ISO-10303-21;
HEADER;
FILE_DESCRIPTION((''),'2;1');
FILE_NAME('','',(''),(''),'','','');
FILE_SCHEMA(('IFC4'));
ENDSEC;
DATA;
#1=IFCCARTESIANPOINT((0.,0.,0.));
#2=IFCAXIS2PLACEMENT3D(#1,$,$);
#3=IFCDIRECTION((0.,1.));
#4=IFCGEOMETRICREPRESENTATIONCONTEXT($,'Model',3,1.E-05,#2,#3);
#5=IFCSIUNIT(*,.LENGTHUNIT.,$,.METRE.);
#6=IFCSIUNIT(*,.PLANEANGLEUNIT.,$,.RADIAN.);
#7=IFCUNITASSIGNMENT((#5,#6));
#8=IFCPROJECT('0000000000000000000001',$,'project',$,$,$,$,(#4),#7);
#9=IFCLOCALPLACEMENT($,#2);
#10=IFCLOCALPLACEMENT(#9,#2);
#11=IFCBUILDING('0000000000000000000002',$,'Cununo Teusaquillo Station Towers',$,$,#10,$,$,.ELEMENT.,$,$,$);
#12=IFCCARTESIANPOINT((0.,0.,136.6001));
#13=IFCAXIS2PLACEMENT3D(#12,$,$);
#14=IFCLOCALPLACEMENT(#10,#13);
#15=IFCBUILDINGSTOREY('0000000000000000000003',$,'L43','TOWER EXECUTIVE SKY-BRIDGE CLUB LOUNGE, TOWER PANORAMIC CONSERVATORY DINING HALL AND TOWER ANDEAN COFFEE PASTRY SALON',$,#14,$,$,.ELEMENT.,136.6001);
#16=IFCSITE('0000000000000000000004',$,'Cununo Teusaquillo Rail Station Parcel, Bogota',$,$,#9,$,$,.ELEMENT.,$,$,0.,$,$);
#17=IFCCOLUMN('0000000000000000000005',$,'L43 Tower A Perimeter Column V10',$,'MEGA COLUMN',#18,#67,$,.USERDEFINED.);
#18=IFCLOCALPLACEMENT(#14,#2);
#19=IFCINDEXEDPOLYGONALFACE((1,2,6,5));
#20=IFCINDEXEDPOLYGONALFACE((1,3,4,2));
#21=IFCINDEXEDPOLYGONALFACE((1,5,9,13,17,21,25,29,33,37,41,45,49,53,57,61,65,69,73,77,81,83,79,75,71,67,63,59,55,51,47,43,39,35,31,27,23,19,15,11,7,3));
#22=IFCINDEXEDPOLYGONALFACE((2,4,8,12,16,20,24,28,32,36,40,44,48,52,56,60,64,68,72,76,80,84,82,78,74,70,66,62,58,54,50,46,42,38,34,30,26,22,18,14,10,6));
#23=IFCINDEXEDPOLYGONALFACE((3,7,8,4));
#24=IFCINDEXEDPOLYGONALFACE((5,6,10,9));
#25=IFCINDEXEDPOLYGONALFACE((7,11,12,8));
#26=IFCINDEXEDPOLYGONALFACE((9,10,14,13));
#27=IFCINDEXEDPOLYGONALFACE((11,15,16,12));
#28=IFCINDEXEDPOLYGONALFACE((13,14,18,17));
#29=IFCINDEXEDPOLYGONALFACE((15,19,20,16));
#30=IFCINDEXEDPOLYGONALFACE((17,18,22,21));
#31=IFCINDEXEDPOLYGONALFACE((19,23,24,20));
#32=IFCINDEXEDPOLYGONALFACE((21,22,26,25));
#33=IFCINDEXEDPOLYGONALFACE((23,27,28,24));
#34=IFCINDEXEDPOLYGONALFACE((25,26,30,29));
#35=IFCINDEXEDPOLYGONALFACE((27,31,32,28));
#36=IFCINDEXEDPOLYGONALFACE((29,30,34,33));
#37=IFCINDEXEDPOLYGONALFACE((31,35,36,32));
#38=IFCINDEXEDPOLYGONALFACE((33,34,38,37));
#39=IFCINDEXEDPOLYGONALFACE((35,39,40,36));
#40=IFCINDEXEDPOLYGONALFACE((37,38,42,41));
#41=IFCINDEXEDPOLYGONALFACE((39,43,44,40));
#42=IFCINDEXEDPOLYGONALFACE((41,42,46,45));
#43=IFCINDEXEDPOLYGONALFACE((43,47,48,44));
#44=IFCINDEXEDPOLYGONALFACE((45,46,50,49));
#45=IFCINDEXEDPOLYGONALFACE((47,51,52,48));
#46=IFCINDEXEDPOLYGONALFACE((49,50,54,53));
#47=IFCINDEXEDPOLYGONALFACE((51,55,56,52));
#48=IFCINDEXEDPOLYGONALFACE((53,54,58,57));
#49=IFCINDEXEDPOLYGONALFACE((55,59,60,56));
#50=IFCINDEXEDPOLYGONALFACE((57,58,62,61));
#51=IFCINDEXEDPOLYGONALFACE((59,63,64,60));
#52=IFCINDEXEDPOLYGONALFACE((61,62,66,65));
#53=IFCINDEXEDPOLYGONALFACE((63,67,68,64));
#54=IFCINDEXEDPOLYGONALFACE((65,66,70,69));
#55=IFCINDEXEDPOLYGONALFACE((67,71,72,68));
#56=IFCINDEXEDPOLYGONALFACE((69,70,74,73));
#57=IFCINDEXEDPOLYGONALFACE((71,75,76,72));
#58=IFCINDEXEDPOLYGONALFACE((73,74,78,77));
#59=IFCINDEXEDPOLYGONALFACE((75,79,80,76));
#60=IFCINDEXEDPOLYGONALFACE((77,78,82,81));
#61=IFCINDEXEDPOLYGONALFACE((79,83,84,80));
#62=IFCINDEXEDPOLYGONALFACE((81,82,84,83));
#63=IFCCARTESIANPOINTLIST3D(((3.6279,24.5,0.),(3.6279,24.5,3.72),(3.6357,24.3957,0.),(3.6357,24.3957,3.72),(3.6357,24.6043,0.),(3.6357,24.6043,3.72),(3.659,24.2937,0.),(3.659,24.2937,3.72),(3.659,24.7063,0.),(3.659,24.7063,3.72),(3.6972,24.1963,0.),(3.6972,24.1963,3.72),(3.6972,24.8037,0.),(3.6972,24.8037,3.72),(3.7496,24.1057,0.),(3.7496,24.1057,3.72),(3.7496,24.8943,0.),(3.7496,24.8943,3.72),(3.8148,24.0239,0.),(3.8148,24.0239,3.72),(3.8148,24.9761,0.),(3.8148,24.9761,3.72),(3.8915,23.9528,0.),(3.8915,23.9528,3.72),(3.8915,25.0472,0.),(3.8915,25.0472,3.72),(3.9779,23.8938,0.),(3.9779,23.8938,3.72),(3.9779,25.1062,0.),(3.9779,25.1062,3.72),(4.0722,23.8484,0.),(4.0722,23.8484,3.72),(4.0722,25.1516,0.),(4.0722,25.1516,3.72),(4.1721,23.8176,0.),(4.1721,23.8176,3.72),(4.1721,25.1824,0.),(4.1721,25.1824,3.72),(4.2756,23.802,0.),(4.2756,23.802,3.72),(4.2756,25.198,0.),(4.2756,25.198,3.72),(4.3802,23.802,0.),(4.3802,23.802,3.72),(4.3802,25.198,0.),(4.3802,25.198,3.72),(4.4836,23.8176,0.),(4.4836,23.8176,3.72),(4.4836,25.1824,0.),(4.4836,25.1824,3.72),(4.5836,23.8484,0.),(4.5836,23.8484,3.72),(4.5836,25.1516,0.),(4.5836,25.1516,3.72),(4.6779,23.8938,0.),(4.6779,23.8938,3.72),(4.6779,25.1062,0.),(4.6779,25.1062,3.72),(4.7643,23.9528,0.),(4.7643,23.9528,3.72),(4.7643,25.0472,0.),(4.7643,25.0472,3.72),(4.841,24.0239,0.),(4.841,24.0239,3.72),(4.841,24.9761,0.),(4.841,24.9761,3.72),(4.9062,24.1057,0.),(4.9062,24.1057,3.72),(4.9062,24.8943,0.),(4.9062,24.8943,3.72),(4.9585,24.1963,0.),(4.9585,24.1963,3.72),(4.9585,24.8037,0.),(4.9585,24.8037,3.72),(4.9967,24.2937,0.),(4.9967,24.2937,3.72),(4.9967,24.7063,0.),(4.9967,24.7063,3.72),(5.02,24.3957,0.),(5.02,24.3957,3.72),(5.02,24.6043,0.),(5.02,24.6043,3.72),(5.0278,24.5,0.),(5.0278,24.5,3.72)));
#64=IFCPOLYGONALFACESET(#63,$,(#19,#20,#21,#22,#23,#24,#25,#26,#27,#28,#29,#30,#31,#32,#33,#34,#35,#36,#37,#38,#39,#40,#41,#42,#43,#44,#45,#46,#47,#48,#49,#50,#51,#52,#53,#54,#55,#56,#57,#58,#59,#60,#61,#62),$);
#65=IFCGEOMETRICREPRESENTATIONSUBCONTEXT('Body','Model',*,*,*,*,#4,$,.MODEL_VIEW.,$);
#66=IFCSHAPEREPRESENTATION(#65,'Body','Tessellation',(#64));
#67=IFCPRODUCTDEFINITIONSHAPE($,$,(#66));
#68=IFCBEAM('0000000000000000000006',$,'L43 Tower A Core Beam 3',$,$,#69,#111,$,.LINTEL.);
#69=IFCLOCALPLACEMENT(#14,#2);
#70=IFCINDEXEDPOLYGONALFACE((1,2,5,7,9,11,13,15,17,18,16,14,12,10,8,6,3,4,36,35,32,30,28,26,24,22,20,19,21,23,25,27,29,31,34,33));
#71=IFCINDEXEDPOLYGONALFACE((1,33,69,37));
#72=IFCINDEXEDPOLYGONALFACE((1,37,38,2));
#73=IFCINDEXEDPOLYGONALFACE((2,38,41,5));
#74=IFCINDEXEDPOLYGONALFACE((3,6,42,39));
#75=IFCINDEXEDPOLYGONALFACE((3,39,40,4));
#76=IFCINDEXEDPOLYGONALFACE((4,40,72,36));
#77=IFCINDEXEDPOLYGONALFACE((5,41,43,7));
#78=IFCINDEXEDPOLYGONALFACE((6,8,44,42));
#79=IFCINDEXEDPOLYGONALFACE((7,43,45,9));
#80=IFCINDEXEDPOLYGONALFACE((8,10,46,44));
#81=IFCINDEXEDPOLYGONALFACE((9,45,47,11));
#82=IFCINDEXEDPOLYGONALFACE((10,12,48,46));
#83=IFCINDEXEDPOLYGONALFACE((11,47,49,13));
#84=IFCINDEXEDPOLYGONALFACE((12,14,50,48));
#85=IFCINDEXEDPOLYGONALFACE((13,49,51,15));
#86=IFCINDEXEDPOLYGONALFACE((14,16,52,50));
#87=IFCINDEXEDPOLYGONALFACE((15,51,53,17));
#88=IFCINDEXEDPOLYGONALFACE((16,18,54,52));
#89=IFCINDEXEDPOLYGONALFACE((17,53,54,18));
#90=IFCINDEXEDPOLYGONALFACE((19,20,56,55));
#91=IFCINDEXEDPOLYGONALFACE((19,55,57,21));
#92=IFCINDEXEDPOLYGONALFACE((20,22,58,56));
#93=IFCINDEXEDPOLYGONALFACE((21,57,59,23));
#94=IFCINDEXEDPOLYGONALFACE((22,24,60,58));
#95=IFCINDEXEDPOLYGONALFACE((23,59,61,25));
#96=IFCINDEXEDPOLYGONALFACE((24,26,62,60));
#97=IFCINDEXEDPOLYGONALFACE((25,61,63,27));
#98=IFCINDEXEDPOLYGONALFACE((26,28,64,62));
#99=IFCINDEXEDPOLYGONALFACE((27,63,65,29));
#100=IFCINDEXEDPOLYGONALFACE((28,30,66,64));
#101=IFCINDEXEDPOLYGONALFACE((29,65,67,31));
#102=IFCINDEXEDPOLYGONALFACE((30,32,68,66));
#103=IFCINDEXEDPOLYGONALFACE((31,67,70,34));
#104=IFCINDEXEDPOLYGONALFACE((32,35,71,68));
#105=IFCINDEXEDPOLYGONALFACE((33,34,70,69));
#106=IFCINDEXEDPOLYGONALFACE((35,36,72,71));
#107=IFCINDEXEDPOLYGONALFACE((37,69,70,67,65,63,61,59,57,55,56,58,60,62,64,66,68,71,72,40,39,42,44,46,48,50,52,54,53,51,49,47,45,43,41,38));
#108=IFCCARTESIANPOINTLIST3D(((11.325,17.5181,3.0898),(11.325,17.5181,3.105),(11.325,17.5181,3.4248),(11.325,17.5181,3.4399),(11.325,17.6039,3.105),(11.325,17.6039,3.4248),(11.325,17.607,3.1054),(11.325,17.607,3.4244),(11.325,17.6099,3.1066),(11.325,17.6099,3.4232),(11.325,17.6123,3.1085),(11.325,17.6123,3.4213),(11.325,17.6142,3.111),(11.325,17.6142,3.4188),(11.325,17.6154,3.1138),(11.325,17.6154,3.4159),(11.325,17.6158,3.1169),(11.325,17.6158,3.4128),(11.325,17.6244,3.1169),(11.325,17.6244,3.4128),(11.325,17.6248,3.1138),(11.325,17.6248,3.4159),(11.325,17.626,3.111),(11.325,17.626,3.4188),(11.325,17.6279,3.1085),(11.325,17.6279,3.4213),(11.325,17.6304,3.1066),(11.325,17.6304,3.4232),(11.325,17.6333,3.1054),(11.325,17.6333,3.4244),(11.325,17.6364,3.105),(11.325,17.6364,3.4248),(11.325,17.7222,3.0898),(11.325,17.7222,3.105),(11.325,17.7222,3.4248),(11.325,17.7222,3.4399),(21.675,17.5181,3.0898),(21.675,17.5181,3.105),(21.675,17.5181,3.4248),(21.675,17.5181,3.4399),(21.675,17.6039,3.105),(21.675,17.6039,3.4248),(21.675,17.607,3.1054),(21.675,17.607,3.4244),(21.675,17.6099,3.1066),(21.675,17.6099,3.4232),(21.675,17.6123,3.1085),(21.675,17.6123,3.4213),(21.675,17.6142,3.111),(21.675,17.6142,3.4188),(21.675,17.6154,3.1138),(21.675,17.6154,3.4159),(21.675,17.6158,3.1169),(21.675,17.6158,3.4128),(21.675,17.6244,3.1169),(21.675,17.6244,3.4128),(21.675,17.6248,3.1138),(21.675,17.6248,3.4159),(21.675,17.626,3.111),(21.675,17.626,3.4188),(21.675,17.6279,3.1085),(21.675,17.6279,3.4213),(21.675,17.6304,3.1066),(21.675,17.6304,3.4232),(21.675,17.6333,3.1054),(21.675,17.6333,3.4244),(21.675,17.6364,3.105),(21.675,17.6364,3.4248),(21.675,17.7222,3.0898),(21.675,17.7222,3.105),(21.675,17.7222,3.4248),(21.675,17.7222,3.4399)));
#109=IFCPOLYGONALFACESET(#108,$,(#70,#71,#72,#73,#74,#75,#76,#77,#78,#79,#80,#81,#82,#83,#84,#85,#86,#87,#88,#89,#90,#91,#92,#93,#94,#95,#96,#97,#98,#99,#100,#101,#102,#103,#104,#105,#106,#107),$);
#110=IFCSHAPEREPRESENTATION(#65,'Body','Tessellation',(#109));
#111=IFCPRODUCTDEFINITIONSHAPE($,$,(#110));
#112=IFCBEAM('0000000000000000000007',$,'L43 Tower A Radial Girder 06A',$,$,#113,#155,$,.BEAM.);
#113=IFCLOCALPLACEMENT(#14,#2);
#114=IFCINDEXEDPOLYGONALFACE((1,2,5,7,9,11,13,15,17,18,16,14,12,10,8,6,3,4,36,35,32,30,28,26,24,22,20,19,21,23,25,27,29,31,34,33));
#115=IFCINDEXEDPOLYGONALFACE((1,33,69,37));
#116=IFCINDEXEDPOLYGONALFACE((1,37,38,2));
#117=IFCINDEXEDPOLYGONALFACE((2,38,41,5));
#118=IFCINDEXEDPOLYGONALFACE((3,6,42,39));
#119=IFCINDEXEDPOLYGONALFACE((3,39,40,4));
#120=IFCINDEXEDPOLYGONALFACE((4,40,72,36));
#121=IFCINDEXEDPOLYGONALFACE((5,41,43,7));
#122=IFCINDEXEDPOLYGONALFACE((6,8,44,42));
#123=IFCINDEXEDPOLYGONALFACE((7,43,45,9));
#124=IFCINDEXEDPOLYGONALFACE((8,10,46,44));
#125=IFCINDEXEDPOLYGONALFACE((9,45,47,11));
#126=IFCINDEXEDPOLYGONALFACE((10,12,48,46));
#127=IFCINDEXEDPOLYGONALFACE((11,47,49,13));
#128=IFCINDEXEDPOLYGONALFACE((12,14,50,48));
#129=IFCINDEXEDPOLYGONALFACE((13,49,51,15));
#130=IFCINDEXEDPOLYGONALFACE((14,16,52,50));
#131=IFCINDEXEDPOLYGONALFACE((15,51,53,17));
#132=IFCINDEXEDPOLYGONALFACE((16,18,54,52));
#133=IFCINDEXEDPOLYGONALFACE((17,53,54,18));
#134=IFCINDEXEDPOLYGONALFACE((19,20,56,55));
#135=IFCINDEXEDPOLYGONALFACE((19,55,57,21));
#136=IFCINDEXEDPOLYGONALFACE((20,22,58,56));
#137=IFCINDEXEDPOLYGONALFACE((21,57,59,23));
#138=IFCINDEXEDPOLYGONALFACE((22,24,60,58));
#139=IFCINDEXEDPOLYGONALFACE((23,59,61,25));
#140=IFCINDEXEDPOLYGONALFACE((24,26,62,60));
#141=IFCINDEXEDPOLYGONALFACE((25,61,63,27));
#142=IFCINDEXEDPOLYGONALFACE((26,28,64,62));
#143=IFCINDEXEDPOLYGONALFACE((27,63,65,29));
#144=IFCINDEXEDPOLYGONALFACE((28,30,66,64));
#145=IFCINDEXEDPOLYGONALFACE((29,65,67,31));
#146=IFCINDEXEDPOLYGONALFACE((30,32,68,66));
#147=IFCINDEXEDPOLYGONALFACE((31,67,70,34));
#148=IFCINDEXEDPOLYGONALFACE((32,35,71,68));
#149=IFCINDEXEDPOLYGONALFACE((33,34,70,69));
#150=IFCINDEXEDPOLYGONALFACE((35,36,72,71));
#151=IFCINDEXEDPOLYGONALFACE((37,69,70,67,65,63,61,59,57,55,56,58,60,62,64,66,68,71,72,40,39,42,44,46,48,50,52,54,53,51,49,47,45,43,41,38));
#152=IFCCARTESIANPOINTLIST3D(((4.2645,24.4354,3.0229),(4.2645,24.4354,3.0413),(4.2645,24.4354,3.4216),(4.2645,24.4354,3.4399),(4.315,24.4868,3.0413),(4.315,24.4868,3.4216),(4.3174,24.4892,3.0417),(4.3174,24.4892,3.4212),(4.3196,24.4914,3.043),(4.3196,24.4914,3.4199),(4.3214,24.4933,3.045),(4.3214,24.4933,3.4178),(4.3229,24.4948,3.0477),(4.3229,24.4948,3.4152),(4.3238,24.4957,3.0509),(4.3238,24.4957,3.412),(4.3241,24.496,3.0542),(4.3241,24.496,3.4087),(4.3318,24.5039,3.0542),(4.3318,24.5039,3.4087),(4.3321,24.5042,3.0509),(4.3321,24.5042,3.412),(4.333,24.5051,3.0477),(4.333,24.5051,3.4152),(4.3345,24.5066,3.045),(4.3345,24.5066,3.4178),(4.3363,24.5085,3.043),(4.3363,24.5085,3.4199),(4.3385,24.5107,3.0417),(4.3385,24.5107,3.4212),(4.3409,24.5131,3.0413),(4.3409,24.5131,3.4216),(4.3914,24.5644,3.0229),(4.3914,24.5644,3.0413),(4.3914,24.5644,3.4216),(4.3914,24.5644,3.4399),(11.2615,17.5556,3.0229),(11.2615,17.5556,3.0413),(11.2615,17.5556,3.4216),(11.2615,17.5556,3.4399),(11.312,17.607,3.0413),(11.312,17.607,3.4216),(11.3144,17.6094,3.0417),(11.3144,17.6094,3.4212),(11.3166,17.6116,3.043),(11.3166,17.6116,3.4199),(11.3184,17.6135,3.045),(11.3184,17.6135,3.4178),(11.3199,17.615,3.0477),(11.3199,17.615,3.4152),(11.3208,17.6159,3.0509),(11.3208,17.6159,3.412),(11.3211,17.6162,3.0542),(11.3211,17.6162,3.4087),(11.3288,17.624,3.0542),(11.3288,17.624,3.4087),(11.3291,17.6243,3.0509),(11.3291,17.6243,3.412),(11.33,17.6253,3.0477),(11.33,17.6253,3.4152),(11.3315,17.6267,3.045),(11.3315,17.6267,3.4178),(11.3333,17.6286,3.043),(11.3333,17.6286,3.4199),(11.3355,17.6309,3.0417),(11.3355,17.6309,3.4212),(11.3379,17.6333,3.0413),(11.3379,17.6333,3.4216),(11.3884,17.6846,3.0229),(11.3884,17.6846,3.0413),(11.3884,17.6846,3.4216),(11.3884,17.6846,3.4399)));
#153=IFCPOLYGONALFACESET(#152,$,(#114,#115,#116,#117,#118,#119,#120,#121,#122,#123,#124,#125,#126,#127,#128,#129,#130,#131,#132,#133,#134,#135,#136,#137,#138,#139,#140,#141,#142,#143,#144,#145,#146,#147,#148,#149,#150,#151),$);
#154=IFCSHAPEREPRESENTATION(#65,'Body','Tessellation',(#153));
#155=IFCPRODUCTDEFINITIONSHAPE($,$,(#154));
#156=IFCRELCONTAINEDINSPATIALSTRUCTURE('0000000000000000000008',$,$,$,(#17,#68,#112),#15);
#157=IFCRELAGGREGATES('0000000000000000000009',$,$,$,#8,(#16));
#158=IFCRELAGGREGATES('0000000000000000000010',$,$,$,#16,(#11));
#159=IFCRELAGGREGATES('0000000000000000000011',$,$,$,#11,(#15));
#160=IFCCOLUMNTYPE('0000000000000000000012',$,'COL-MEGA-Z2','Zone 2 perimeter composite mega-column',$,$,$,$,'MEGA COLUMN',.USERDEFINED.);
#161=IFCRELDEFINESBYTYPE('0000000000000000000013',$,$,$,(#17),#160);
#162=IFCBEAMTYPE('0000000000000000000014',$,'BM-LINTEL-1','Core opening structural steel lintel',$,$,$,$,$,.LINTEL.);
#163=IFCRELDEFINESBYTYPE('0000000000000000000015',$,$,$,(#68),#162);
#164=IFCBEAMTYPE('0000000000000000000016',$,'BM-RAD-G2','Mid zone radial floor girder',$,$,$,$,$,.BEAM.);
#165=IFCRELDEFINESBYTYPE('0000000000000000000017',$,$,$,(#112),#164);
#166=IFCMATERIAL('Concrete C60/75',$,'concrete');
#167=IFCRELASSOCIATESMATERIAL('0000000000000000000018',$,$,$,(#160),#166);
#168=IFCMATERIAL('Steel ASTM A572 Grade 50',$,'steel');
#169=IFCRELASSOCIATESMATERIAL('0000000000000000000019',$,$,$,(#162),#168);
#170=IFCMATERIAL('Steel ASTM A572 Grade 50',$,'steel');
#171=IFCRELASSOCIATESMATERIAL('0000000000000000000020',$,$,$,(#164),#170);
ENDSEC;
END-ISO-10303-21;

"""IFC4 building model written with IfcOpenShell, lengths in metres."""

from ifc_helpers import new_model, si_unit, direction, frame, origin, origin_2d, place, context, subcontext, project, spatial, circle, i_section, extrude, material, material_profile, profile_set, type_object, element, save


model = new_model("IFC4")

# Units and contexts
model_context = context("Model", 3, precision=1e-05, world=origin(), true_north=direction((0.0, 1.0)))
body_context = subcontext(model_context, "Body", "Model", "MODEL_VIEW")
ifc_project = project(units=[si_unit("LENGTHUNIT", "METRE"), si_unit("PLANEANGLEUNIT", "RADIAN")], contexts=[model_context])

# Site, building, storey
site_placement = place(None, origin())
site = spatial("IfcSite", under=ifc_project, at=site_placement, Name="Cununo Teusaquillo Rail Station Parcel, Bogota", CompositionType="ELEMENT", RefElevation=0.0)
building_placement = place(site_placement, origin())
building = spatial("IfcBuilding", under=site, at=building_placement, Name="Cununo Teusaquillo Station Towers", CompositionType="ELEMENT")
storey_placement = place(building_placement, frame((0.0, 0.0, 136.6001)))
storey = spatial("IfcBuildingStorey", under=building, at=storey_placement, Name="L43", Description="TOWER EXECUTIVE SKY-BRIDGE CLUB LOUNGE, TOWER PANORAMIC CONSERVATORY DINING HALL AND TOWER ANDEAN COFFEE PASTRY SALON", CompositionType="ELEMENT", Elevation=136.6001)

# Column
ifc_material_1 = material(Name="Concrete C60/75", Category="concrete")
ifc_material_profile_1 = material_profile(ifc_material_1, circle(Radius=0.7, at=origin_2d()), Name="RC-CIRC-1400")
ifc_profile_set_1 = profile_set([ifc_material_profile_1], Name="Concrete C60/75")
column_type = type_object("IfcColumnType", Name="COL-MEGA-Z2", Description="Zone 2 perimeter composite mega-column", ElementType="MEGA COLUMN", PredefinedType="USERDEFINED", material=ifc_profile_set_1)
column_placement = place(storey_placement, frame((4.3279, 24.5, 0.0), z_axis=(0.0, 0.0, 1.0), x_axis=(1.0, 0.0, 0.0)))
element("IfcColumn", 1, at=column_placement, inside=storey, type_object=column_type, Name="L43 Tower A Perimeter Column V10", ObjectType="MEGA COLUMN", PredefinedType="USERDEFINED", context=body_context, shape_type="SweptSolid", body=[
    extrude(circle(Radius=0.7, at=origin_2d()), origin(), (0.0, 0.0, 1.0), 3.72),
])

# Beams
ifc_material_2 = material(Name="Steel ASTM A572 Grade 50", Category="steel")
ifc_material_profile_2 = material_profile(ifc_material_2, i_section(OverallWidth=0.2041, OverallDepth=0.3501, WebThickness=0.0085, FlangeThickness=0.0151, FilletRadius=0.012, at=origin_2d()), Name="W14X48")
ifc_profile_set_2 = profile_set([ifc_material_profile_2], Name="Steel ASTM A572 Grade 50")
beam_type_1 = type_object("IfcBeamType", Name="BM-LINTEL-1", Description="Core opening structural steel lintel", PredefinedType="LINTEL", material=ifc_profile_set_2)
beam_1_placement = place(storey_placement, frame((11.325, 17.6201, 3.2649), z_axis=(1.0, 0.0, 0.0), x_axis=(0.0, 1.0, 0.0)))
element("IfcBeam", 2, at=beam_1_placement, inside=storey, type_object=beam_type_1, Name="L43 Tower A Core Beam 3", PredefinedType="LINTEL", context=body_context, shape_type="SweptSolid", body=[
    extrude(i_section(OverallWidth=0.2041, OverallDepth=0.3501, WebThickness=0.0085, FlangeThickness=0.0151, FilletRadius=0.012, at=origin_2d()), origin(), (0.0, 0.0, 1.0), 10.3501),
])
ifc_material_3 = material(Name="Steel ASTM A572 Grade 50", Category="steel")
ifc_material_profile_3 = material_profile(ifc_material_3, i_section(OverallWidth=0.1809, OverallDepth=0.417, WebThickness=0.011, FlangeThickness=0.0183, FilletRadius=0.0129, at=origin_2d()), Name="W16X57")
ifc_profile_set_3 = profile_set([ifc_material_profile_3], Name="Steel ASTM A572 Grade 50")
beam_type_2 = type_object("IfcBeamType", Name="BM-RAD-G2", Description="Mid zone radial floor girder", PredefinedType="BEAM", material=ifc_profile_set_3)
beam_2_placement = place(storey_placement, frame((11.325, 17.6201, 3.2314), z_axis=(-0.713053, 0.70111, 0.0), x_axis=(-0.70111, -0.713053, 0.0)))
element("IfcBeam", 3, at=beam_2_placement, inside=storey, type_object=beam_type_2, Name="L43 Tower A Radial Girder 06A", PredefinedType="BEAM", context=body_context, shape_type="SweptSolid", body=[
    extrude(i_section(OverallWidth=0.1809, OverallDepth=0.417, WebThickness=0.011, FlangeThickness=0.0183, FilletRadius=0.0129, at=origin_2d()), origin(), (0.0, 0.0, 1.0), 9.8127),
])

save(model, "model.ifc")
